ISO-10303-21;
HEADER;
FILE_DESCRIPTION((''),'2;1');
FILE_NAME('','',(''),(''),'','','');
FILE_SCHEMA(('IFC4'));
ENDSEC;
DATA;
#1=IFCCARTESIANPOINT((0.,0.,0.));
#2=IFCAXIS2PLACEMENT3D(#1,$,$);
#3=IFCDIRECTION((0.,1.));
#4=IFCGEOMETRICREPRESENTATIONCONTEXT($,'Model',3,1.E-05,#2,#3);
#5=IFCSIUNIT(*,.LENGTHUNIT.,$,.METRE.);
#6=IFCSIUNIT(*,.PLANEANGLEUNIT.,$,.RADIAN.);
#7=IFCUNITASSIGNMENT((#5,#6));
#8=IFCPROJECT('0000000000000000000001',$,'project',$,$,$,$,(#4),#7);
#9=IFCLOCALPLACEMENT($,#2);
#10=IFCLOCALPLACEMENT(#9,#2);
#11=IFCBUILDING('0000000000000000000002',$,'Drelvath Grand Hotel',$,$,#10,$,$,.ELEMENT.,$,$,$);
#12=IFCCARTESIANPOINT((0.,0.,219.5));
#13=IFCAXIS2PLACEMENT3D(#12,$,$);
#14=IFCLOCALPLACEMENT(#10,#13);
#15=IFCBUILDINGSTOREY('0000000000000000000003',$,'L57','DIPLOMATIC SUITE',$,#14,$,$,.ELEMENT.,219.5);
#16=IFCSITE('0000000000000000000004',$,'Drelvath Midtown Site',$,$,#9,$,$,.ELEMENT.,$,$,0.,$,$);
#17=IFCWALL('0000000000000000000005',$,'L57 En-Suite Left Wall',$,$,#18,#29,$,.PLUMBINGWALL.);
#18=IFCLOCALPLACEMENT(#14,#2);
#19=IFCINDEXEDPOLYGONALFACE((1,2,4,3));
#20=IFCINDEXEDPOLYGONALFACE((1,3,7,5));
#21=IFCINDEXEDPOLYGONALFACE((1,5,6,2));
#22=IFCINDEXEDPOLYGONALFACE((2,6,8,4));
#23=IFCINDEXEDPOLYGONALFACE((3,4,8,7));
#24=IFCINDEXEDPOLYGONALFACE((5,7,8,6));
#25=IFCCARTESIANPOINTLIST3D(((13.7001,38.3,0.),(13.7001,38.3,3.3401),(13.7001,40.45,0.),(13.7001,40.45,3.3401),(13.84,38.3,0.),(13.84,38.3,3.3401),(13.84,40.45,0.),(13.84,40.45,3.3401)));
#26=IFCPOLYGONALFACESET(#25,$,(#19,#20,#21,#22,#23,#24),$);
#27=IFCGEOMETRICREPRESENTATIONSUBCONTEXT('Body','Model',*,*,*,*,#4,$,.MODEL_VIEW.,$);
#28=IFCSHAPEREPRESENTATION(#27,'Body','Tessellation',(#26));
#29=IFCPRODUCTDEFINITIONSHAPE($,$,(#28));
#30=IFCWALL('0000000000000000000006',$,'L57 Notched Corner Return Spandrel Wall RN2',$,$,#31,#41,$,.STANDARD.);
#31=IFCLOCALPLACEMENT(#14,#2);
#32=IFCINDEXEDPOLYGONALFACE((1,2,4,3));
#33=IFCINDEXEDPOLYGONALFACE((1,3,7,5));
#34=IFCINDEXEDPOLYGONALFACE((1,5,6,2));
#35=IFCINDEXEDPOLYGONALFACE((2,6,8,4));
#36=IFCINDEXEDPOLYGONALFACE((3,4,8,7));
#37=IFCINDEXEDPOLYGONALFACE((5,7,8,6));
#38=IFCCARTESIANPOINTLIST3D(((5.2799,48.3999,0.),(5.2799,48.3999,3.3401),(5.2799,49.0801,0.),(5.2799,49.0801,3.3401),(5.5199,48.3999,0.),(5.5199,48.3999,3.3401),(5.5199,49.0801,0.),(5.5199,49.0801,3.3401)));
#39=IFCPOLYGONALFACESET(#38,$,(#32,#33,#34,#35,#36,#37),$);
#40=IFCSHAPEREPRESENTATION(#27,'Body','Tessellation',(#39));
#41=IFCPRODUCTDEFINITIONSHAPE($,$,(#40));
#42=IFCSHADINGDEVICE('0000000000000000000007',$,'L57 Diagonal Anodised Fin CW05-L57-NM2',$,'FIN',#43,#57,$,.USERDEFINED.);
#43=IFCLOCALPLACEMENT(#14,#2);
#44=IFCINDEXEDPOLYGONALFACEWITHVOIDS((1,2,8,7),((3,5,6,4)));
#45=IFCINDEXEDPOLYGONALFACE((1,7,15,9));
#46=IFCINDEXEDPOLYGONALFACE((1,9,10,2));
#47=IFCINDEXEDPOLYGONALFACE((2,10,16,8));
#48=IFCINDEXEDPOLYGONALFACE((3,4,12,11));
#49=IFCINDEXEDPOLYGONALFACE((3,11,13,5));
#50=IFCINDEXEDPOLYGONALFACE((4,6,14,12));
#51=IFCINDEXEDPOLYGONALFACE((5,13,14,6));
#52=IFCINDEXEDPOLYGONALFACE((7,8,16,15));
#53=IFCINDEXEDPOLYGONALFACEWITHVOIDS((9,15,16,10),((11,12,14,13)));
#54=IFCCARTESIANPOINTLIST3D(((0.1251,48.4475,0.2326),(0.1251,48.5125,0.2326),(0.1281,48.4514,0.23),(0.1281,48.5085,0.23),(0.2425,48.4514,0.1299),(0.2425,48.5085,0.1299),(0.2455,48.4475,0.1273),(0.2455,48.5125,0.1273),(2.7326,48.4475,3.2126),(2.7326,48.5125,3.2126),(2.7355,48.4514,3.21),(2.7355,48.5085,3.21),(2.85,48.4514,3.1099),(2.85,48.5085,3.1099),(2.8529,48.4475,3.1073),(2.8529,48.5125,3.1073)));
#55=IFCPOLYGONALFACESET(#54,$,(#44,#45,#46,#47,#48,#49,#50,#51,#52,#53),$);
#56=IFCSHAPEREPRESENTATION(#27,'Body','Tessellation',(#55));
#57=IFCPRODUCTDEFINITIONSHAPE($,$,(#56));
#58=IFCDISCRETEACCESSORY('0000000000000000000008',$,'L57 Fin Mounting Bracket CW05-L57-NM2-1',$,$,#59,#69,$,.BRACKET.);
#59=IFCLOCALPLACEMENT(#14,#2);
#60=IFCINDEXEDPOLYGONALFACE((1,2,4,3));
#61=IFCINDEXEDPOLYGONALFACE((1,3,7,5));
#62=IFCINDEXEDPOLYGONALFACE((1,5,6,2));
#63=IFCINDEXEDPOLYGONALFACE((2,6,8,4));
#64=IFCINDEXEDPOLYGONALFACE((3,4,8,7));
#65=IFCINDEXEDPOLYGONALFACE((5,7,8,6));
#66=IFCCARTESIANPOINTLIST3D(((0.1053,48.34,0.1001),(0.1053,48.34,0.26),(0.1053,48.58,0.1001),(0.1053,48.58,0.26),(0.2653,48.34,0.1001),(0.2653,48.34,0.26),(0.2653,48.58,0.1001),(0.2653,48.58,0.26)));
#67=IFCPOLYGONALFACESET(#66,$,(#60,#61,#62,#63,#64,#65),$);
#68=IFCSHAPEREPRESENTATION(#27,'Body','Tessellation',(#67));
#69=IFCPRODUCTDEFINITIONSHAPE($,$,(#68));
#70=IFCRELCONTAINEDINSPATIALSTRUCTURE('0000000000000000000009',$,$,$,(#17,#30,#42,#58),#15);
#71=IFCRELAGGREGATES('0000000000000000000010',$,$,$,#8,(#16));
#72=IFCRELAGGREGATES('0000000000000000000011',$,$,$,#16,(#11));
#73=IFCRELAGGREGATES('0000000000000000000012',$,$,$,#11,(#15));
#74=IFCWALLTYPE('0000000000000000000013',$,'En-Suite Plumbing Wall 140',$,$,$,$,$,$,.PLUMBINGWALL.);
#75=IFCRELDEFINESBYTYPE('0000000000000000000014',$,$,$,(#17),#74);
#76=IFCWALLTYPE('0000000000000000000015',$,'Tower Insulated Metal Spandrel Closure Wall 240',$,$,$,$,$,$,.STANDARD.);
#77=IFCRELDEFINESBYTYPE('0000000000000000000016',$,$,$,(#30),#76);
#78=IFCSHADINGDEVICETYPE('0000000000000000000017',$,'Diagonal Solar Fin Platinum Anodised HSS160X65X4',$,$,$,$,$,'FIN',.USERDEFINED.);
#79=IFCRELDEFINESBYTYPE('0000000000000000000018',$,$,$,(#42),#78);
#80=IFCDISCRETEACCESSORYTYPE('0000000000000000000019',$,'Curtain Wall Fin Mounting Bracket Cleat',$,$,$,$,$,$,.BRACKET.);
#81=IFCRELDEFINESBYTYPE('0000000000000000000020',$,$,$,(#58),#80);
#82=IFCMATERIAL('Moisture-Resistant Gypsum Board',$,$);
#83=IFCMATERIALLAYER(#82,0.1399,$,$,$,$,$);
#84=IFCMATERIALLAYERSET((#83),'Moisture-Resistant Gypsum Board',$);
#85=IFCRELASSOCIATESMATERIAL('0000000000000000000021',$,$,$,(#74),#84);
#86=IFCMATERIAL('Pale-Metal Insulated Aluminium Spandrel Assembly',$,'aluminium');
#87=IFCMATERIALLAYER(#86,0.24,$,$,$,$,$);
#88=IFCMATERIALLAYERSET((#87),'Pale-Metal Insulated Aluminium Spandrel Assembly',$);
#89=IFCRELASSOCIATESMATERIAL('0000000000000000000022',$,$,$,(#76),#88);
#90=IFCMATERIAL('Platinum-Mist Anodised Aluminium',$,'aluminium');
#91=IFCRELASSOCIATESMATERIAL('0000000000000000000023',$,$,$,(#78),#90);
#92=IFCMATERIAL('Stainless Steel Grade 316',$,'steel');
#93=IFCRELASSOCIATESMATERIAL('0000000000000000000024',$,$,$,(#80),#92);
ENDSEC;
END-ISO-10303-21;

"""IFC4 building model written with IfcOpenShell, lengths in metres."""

from ifc_helpers import new_model, si_unit, direction, frame, frame_2d, origin, origin_2d, place, context, subcontext, project, spatial, rectangle, hollow_rectangle, extrude, material, layer, layer_set, material_profile, profile_set, type_object, element, save


model = new_model("IFC4")

# Units and contexts
model_context = context("Model", 3, precision=1e-05, world=origin(), true_north=direction((0.0, 1.0)))
body_context = subcontext(model_context, "Body", "Model", "MODEL_VIEW")
ifc_project = project(units=[si_unit("LENGTHUNIT", "METRE"), si_unit("PLANEANGLEUNIT", "RADIAN")], contexts=[model_context])

# Site, building, storey
site_placement = place(None, origin())
site = spatial("IfcSite", under=ifc_project, at=site_placement, Name="Drelvath Midtown Site", CompositionType="ELEMENT", RefElevation=0.0)
building_placement = place(site_placement, origin())
building = spatial("IfcBuilding", under=site, at=building_placement, Name="Drelvath Grand Hotel", CompositionType="ELEMENT")
storey_placement = place(building_placement, frame((0.0, 0.0, 219.5)))
storey = spatial("IfcBuildingStorey", under=building, at=storey_placement, Name="L57", Description="DIPLOMATIC SUITE", CompositionType="ELEMENT", Elevation=219.5)

# Walls
ifc_material_1 = material(Name="Moisture-Resistant Gypsum Board")
ifc_layer_1 = layer(ifc_material_1, 0.1399)
ifc_layer_set_1 = layer_set([ifc_layer_1], Name="Moisture-Resistant Gypsum Board")
wall_type_1 = type_object("IfcWallType", Name="En-Suite Plumbing Wall 140", PredefinedType="PLUMBINGWALL", material=ifc_layer_set_1)
wall_1_placement = place(storey_placement, frame((13.77, 38.3, 0.0), z_axis=(0.0, 0.0, 1.0), x_axis=(0.0, 1.0, 0.0)))
element("IfcWall", 1, at=wall_1_placement, inside=storey, type_object=wall_type_1, Name="L57 En-Suite Left Wall", PredefinedType="PLUMBINGWALL", context=body_context, shape_type="SweptSolid", body=[
    extrude(rectangle(XDim=2.1499, YDim=0.1399, at=frame_2d((1.075, 0.0))), origin(), (0.0, 0.0, 1.0), 3.3401),
])
ifc_material_2 = material(Name="Pale-Metal Insulated Aluminium Spandrel Assembly", Category="aluminium")
ifc_layer_2 = layer(ifc_material_2, 0.24)
ifc_layer_set_2 = layer_set([ifc_layer_2], Name="Pale-Metal Insulated Aluminium Spandrel Assembly")
wall_type_2 = type_object("IfcWallType", Name="Tower Insulated Metal Spandrel Closure Wall 240", PredefinedType="STANDARD", material=ifc_layer_set_2)
wall_2_placement = place(storey_placement, frame((5.3999, 48.3999, 0.0), z_axis=(0.0, 0.0, 1.0), x_axis=(0.0, 1.0, 0.0)))
element("IfcWall", 2, at=wall_2_placement, inside=storey, type_object=wall_type_2, Name="L57 Notched Corner Return Spandrel Wall RN2", PredefinedType="STANDARD", context=body_context, shape_type="SweptSolid", body=[
    extrude(rectangle(XDim=0.6802, YDim=0.24, at=frame_2d((0.3401, 0.0))), origin(), (0.0, 0.0, 1.0), 3.3401),
])

# Shading device
ifc_material_3 = material(Name="Platinum-Mist Anodised Aluminium", Category="aluminium")
ifc_material_profile_1 = material_profile(ifc_material_3, hollow_rectangle(XDim=0.0649, YDim=0.1599, WallThickness=0.0039, at=origin_2d()), Name="HSS160X65X4")
ifc_profile_set_1 = profile_set([ifc_material_profile_1], Name="Platinum-Mist Anodised Aluminium")
shading_device_type = type_object("IfcShadingDeviceType", Name="Diagonal Solar Fin Platinum Anodised HSS160X65X4", ElementType="FIN", PredefinedType="USERDEFINED", material=ifc_profile_set_1)
shading_device_placement = place(storey_placement, frame((0.1853, 48.48, 0.1799), z_axis=(0.658496, 0.0, 0.752584), x_axis=(0.0, 1.0, 0.0)))
element("IfcShadingDevice", 3, at=shading_device_placement, inside=storey, type_object=shading_device_type, Name="L57 Diagonal Anodised Fin CW05-L57-NM2", ObjectType="FIN", PredefinedType="USERDEFINED", context=body_context, shape_type="SweptSolid", body=[
    extrude(hollow_rectangle(XDim=0.0649, YDim=0.1599, WallThickness=0.0039, at=origin_2d()), origin(), (0.0, 0.0, 1.0), 3.9597),
])

# Discrete accessory
ifc_material_4 = material(Name="Stainless Steel Grade 316", Category="steel")
discrete_accessory_type = type_object("IfcDiscreteAccessoryType", Name="Curtain Wall Fin Mounting Bracket Cleat", PredefinedType="BRACKET", material=ifc_material_4)
discrete_accessory_placement = place(storey_placement, frame((0.1853, 48.46, 0.1001), z_axis=(0.0, 0.0, 1.0), x_axis=(1.0, 0.0, 0.0)))
element("IfcDiscreteAccessory", 4, at=discrete_accessory_placement, inside=storey, type_object=discrete_accessory_type, Name="L57 Fin Mounting Bracket CW05-L57-NM2-1", PredefinedType="BRACKET", context=body_context, shape_type="SweptSolid", body=[
    extrude(rectangle(XDim=0.1599, YDim=0.24, at=origin_2d()), origin(), (0.0, 0.0, 1.0), 0.1599),
])

save(model, "model.ifc")
